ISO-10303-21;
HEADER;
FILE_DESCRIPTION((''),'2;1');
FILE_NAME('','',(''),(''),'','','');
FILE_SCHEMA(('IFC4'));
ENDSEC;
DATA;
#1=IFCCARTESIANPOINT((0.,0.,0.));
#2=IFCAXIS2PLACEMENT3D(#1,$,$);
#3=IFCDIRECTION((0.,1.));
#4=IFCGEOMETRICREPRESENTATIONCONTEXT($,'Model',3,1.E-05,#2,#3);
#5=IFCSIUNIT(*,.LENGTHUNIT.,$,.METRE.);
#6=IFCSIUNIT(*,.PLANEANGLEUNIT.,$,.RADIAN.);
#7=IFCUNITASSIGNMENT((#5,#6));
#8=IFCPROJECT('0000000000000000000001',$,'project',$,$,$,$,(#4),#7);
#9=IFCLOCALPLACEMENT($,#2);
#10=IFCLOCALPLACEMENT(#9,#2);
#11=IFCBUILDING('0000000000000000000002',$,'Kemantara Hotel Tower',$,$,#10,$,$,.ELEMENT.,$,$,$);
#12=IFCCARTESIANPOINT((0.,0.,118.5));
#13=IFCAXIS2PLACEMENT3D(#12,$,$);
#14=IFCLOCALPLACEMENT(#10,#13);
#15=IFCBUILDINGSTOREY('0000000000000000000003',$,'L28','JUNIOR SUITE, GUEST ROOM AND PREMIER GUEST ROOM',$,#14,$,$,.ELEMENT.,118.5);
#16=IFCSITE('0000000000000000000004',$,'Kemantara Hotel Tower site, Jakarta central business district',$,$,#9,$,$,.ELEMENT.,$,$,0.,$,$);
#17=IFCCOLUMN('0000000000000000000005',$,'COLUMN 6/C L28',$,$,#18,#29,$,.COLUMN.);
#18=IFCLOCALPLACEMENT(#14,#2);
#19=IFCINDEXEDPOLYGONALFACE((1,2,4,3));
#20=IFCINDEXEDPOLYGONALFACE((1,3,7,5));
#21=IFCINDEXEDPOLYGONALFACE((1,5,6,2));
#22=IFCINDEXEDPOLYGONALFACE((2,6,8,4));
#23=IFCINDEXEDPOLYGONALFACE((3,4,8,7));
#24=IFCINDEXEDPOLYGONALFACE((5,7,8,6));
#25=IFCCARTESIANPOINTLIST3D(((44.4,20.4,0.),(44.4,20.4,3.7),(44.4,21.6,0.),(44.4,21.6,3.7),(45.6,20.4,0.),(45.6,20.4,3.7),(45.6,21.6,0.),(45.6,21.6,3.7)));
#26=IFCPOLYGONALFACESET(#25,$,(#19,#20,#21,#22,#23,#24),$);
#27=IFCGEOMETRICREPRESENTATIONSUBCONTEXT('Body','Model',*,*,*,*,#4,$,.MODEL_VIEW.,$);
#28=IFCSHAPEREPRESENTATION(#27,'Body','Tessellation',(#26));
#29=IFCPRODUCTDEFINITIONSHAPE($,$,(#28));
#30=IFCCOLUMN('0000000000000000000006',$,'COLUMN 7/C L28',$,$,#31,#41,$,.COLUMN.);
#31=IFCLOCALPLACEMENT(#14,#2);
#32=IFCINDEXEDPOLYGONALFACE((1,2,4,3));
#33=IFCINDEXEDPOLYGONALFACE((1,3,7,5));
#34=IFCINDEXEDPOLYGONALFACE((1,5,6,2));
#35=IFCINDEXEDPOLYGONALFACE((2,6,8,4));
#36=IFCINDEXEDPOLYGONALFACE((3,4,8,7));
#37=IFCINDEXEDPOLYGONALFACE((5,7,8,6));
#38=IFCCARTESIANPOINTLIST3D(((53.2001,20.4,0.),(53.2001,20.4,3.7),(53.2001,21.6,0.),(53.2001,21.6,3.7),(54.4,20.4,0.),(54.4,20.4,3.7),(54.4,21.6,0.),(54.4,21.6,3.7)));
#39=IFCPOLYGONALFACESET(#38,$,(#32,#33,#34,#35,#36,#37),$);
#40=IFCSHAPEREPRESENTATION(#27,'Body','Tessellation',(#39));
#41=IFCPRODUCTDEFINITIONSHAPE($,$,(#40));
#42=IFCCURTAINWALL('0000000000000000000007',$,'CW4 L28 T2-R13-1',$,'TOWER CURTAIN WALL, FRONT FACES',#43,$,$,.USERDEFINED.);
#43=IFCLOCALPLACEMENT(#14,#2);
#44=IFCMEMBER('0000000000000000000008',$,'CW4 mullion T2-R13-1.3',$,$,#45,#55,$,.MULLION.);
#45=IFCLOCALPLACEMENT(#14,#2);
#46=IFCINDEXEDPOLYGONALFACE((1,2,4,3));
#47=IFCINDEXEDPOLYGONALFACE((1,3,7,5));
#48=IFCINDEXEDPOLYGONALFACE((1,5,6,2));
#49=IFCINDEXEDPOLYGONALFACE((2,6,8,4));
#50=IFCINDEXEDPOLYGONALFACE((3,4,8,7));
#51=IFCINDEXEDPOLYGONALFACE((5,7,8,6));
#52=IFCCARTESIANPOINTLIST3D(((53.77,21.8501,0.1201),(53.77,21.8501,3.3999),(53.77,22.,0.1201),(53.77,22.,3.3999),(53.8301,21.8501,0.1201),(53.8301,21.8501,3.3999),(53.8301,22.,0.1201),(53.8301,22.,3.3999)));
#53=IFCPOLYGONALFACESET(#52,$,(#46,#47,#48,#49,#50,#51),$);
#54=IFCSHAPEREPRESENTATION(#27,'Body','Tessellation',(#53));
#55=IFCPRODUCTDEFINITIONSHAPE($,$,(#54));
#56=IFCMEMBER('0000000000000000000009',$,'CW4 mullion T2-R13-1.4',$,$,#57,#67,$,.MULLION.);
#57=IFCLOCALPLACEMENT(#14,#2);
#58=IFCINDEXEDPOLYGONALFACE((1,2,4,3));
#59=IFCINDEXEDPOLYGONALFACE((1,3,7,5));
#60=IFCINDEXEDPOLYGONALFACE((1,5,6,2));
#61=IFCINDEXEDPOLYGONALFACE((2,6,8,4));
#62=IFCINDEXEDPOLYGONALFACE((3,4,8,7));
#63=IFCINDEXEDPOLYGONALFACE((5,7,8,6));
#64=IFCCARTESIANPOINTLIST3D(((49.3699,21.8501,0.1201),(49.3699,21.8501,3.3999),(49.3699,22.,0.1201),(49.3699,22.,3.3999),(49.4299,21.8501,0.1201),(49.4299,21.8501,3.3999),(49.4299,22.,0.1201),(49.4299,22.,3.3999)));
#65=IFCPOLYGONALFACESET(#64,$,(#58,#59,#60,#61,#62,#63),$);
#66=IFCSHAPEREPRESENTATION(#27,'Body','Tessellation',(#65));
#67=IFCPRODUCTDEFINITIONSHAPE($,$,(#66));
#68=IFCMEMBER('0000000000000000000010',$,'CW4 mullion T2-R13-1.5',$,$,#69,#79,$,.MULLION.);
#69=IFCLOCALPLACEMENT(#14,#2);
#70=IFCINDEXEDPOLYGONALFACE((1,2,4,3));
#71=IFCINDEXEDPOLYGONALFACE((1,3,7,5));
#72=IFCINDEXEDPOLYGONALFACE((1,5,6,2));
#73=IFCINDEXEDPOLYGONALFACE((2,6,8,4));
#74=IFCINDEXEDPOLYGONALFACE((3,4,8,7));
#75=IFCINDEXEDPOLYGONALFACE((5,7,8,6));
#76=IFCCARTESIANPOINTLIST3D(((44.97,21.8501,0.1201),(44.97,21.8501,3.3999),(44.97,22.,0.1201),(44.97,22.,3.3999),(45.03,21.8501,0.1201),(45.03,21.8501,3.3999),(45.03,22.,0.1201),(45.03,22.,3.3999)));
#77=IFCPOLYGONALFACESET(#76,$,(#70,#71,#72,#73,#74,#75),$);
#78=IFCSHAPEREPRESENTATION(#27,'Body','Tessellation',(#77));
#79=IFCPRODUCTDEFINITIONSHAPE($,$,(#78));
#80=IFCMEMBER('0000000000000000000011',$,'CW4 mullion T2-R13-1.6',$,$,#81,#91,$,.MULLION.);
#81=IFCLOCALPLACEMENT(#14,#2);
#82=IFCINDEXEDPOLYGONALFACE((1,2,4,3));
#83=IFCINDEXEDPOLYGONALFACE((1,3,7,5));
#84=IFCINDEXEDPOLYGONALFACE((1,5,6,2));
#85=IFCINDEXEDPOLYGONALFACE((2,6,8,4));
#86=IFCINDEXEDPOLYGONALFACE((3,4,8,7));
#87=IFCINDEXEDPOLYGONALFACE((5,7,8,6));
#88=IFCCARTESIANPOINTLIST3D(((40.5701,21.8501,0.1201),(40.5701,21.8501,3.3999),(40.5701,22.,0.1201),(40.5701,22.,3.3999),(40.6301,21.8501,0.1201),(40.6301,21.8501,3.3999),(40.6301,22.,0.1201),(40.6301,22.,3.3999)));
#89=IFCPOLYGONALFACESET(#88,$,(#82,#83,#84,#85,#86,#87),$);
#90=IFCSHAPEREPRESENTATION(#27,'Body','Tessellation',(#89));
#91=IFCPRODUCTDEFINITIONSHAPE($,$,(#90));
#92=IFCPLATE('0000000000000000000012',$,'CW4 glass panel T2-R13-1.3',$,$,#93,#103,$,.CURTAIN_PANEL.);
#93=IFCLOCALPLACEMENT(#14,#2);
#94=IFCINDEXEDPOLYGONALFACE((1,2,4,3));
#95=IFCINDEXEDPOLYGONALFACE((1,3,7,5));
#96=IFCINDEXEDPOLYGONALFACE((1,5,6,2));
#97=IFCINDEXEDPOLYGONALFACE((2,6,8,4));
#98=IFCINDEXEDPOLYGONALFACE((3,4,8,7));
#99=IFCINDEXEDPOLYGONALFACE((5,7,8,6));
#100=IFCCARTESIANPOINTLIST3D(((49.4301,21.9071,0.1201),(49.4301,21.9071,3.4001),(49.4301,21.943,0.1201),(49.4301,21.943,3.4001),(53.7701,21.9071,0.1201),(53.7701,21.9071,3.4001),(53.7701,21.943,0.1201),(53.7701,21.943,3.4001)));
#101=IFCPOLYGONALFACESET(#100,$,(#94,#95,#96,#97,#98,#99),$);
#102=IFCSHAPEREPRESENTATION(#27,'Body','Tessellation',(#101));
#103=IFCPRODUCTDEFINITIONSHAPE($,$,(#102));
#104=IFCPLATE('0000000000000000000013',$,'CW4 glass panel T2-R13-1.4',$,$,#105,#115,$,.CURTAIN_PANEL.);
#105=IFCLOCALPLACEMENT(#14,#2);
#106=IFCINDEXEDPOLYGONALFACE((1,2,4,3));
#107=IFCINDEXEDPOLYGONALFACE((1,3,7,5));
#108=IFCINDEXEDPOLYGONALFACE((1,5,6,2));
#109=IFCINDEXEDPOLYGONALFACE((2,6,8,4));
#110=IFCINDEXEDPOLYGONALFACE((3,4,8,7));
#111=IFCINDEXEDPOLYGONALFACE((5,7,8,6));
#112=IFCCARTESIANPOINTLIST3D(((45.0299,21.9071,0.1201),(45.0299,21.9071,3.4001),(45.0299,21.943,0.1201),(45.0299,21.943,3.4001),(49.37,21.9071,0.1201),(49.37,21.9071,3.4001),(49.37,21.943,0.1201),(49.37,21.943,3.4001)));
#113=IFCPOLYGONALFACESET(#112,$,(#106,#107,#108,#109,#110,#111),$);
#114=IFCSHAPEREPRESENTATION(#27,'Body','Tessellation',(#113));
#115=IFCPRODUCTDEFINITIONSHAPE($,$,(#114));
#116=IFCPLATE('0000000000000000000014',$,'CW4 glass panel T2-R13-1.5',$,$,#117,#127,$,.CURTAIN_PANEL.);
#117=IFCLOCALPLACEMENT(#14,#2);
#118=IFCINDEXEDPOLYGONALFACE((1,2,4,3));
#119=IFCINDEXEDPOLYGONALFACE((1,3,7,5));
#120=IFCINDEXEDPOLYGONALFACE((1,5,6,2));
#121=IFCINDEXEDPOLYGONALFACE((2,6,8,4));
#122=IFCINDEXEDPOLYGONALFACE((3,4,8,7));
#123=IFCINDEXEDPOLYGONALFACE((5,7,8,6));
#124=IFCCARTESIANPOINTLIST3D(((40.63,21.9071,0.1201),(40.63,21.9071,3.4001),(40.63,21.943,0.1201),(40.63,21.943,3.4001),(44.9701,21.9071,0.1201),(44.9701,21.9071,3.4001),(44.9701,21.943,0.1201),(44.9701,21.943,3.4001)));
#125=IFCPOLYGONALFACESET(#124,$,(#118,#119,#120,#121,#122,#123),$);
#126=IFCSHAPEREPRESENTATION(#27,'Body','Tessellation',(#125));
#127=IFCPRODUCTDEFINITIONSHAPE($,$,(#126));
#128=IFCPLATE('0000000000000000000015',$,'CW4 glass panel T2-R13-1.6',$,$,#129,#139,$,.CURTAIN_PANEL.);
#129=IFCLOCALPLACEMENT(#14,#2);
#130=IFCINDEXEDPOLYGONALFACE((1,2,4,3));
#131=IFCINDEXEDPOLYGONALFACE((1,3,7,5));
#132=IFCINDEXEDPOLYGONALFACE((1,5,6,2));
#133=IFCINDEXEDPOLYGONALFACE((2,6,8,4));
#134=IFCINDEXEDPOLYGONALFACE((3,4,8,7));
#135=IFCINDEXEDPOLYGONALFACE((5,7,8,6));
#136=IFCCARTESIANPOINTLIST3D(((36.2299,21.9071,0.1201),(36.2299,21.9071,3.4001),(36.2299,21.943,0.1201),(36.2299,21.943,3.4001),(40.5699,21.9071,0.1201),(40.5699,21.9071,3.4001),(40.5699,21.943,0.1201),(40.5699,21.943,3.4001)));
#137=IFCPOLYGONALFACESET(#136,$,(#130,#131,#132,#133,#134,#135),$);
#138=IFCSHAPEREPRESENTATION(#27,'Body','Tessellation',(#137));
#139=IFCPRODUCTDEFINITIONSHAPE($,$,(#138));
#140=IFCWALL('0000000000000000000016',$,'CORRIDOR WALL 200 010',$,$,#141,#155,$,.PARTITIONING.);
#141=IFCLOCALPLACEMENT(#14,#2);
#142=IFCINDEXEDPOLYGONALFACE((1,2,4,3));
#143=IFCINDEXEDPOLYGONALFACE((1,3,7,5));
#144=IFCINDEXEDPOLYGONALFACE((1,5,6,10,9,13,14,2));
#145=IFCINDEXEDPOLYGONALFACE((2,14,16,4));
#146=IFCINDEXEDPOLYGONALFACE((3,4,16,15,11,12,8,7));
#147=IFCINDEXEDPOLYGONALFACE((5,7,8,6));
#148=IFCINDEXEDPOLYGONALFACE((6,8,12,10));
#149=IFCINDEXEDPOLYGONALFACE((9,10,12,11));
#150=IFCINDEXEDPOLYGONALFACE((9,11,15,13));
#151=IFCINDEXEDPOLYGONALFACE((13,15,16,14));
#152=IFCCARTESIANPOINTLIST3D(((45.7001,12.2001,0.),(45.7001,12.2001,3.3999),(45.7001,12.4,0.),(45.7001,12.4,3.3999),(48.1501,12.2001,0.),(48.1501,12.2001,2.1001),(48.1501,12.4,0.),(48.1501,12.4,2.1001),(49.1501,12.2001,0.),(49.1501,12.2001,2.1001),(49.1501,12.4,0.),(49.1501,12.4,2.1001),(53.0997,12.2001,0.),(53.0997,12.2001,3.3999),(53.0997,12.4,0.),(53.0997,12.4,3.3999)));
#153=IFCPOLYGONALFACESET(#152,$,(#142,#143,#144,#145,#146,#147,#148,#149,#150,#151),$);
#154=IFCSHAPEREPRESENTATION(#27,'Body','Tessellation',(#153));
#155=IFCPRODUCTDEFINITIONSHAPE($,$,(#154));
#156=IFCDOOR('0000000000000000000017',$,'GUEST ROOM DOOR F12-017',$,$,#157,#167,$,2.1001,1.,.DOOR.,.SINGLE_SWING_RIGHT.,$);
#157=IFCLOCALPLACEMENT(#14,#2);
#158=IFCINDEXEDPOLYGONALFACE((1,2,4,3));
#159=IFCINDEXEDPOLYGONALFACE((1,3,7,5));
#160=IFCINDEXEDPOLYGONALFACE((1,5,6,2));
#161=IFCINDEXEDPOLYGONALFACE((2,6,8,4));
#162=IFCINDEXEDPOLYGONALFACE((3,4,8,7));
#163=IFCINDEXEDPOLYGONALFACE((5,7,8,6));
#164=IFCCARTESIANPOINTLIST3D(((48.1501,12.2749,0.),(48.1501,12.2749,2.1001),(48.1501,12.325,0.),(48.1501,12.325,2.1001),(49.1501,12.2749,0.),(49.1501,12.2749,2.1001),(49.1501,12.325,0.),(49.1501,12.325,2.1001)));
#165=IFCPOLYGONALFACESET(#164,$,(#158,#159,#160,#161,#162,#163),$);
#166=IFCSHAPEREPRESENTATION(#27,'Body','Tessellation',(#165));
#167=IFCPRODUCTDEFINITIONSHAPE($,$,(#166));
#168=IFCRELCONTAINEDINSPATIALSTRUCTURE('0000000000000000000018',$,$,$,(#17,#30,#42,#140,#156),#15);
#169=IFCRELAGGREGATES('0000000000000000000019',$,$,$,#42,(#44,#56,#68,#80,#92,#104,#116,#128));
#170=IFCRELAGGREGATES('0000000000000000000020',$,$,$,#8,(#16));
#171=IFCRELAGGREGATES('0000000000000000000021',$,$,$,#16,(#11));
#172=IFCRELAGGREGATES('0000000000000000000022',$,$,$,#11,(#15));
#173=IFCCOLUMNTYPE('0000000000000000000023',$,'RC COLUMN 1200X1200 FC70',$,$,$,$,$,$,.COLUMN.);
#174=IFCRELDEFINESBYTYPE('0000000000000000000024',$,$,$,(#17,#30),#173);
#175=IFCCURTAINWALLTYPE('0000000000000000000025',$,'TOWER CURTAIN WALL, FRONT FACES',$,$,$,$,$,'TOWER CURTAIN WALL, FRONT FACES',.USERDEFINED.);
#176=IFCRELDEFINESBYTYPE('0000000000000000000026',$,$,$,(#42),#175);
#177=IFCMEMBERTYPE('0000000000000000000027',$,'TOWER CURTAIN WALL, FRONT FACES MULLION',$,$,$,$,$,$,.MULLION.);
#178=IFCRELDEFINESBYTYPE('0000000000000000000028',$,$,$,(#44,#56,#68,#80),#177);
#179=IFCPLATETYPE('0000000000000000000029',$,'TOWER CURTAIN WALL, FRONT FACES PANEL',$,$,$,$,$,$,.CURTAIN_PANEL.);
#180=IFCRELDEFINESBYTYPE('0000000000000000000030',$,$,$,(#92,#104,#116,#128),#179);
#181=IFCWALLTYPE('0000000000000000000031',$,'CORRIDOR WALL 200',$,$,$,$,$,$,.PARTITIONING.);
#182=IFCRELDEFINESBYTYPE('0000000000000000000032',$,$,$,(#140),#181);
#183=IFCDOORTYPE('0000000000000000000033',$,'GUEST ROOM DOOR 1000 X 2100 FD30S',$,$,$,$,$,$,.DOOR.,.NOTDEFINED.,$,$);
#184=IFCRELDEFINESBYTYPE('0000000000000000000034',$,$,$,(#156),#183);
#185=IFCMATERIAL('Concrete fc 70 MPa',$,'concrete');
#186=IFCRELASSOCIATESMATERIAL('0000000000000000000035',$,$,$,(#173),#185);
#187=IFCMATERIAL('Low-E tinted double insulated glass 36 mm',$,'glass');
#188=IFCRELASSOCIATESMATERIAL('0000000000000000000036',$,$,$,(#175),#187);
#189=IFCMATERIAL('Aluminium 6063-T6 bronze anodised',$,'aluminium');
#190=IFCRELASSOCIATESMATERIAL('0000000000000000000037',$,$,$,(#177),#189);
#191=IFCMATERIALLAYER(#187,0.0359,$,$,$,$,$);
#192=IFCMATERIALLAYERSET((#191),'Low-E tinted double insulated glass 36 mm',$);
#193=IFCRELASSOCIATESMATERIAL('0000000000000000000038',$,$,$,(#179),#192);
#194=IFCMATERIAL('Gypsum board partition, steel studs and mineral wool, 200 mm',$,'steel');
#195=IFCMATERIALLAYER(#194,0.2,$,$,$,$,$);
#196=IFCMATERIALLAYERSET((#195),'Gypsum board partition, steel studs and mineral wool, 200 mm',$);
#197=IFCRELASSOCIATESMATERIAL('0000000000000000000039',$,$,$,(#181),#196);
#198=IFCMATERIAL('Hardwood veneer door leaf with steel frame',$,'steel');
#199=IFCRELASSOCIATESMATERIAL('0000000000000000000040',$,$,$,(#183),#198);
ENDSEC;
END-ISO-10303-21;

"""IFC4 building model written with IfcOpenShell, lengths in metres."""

from ifc_helpers import new_model, si_unit, direction, frame, frame_2d, origin, origin_2d, place, context, subcontext, project, spatial, rectangle, extrude, source, transform, mapped, material, layer, layer_set, material_profile, profile_set, type_object, element, fill, aggregate, save


model = new_model("IFC4")

# Units and contexts
model_context = context("Model", 3, precision=1e-05, world=origin(), true_north=direction((0.0, 1.0)))
body_context = subcontext(model_context, "Body", "Model", "MODEL_VIEW")
ifc_project = project(units=[si_unit("LENGTHUNIT", "METRE"), si_unit("PLANEANGLEUNIT", "RADIAN")], contexts=[model_context])

# Site, building, storey
site_placement = place(None, origin())
site = spatial("IfcSite", under=ifc_project, at=site_placement, Name="Kemantara Hotel Tower site, Jakarta central business district", CompositionType="ELEMENT", RefElevation=0.0)
building_placement = place(site_placement, origin())
building = spatial("IfcBuilding", under=site, at=building_placement, Name="Kemantara Hotel Tower", CompositionType="ELEMENT")
storey_placement = place(building_placement, frame((0.0, 0.0, 118.5)))
storey = spatial("IfcBuildingStorey", under=building, at=storey_placement, Name="L28", Description="JUNIOR SUITE, GUEST ROOM AND PREMIER GUEST ROOM", CompositionType="ELEMENT", Elevation=118.5)

# Columns
ifc_material_1 = material(Name="Concrete fc 70 MPa", Category="concrete")
ifc_material_profile_1 = material_profile(ifc_material_1, rectangle(XDim=1.2, YDim=1.2, at=origin_2d()), Name="RC 1200X1200")
ifc_profile_set_1 = profile_set([ifc_material_profile_1], Name="Concrete fc 70 MPa")
column_type = type_object("IfcColumnType", Name="RC COLUMN 1200X1200 FC70", PredefinedType="COLUMN", material=ifc_profile_set_1)
for number, where, z_axis, x_axis, name in (
    (1, (45.0, 21.0, 0.0), (0.0, 0.0, 1.0), (1.0, 0.0, 0.0), "COLUMN 6/C L28"),
    (2, (53.8, 21.0, 0.0), (0.0, 0.0, 1.0), (1.0, 0.0, 0.0), "COLUMN 7/C L28"),
):
    element("IfcColumn", number, at=place(storey_placement, frame(where, z_axis=z_axis, x_axis=x_axis)), inside=storey, type_object=column_type, Name=name, PredefinedType="COLUMN", context=body_context, shape_type="SweptSolid", body=[
        extrude(rectangle(XDim=1.2, YDim=1.2, at=origin_2d()), origin(), (0.0, 0.0, 1.0), 3.7),
    ])

# Curtain wall, members, plates
ifc_material_2 = material(Name="Low-E tinted double insulated glass 36 mm", Category="glass")
curtain_wall_type = type_object("IfcCurtainWallType", Name="TOWER CURTAIN WALL, FRONT FACES", ElementType="TOWER CURTAIN WALL, FRONT FACES", PredefinedType="USERDEFINED", material=ifc_material_2)
curtain_wall_placement = place(storey_placement, origin())
curtain_wall = element("IfcCurtainWall", 3, at=curtain_wall_placement, inside=storey, type_object=curtain_wall_type, Name="CW4 L28 T2-R13-1", ObjectType="TOWER CURTAIN WALL, FRONT FACES", PredefinedType="USERDEFINED")
ifc_material_3 = material(Name="Aluminium 6063-T6 bronze anodised", Category="aluminium")
ifc_material_profile_2 = material_profile(ifc_material_3, rectangle(XDim=0.1499, YDim=0.0601, at=origin_2d()), Name="TOWER CURTAIN WALL, FRONT FACES MULLION")
ifc_profile_set_2 = profile_set([ifc_material_profile_2], Name="Aluminium 6063-T6 bronze anodised")
member_type = type_object("IfcMemberType", Name="TOWER CURTAIN WALL, FRONT FACES MULLION", PredefinedType="MULLION", material=ifc_profile_set_2)
shared_shape_1 = source(origin(), body_context, "Body", "SweptSolid", [
    extrude(rectangle(XDim=0.1499, YDim=0.0601, at=origin_2d()), origin(), (0.0, 0.0, 1.0), 3.2798),
])
member_1_placement = place(storey_placement, frame((53.8, 21.925, 0.1201), z_axis=(0.0, 0.0, 1.0), x_axis=(0.0, -1.0, 0.0)))
member_1 = element("IfcMember", 4, at=member_1_placement, type_object=member_type, Name="CW4 mullion T2-R13-1.3", PredefinedType="MULLION", context=body_context, shape_type="MappedRepresentation", body=[
    mapped(shared_shape_1, transform((0.0, 0.0, 0.0))),
])
member_2_placement = place(storey_placement, frame((49.3999, 21.925, 0.1201), z_axis=(0.0, 0.0, 1.0), x_axis=(0.0, -1.0, 0.0)))
member_2 = element("IfcMember", 5, at=member_2_placement, type_object=member_type, Name="CW4 mullion T2-R13-1.4", PredefinedType="MULLION", context=body_context, shape_type="MappedRepresentation", body=[
    mapped(shared_shape_1, transform((0.0, 0.0, 0.0))),
])
member_3_placement = place(storey_placement, frame((45.0, 21.925, 0.1201), z_axis=(0.0, 0.0, 1.0), x_axis=(0.0, -1.0, 0.0)))
member_3 = element("IfcMember", 6, at=member_3_placement, type_object=member_type, Name="CW4 mullion T2-R13-1.5", PredefinedType="MULLION", context=body_context, shape_type="MappedRepresentation", body=[
    mapped(shared_shape_1, transform((0.0, 0.0, 0.0))),
])
member_4_placement = place(storey_placement, frame((40.6001, 21.925, 0.1201), z_axis=(0.0, 0.0, 1.0), x_axis=(0.0, -1.0, 0.0)))
member_4 = element("IfcMember", 7, at=member_4_placement, type_object=member_type, Name="CW4 mullion T2-R13-1.6", PredefinedType="MULLION", context=body_context, shape_type="MappedRepresentation", body=[
    mapped(shared_shape_1, transform((0.0, 0.0, 0.0))),
])
ifc_layer_1 = layer(ifc_material_2, 0.0359)
ifc_layer_set_1 = layer_set([ifc_layer_1], Name="Low-E tinted double insulated glass 36 mm")
plate_type = type_object("IfcPlateType", Name="TOWER CURTAIN WALL, FRONT FACES PANEL", PredefinedType="CURTAIN_PANEL", material=ifc_layer_set_1)
shared_shape_2 = source(origin(), body_context, "Body", "SweptSolid", [
    extrude(rectangle(XDim=4.3401, YDim=0.0359, at=origin_2d()), origin(), (0.0, 0.0, 1.0), 3.28),
])
plate_1_placement = place(storey_placement, frame((51.6001, 21.925, 0.1201), z_axis=(0.0, 0.0, 1.0), x_axis=(-1.0, 0.0, 0.0)))
plate_1 = element("IfcPlate", 8, at=plate_1_placement, type_object=plate_type, Name="CW4 glass panel T2-R13-1.3", PredefinedType="CURTAIN_PANEL", context=body_context, shape_type="MappedRepresentation", body=[
    mapped(shared_shape_2, transform((0.0, 0.0, 0.0))),
])
plate_2_placement = place(storey_placement, frame((47.2, 21.925, 0.1201), z_axis=(0.0, 0.0, 1.0), x_axis=(-1.0, 0.0, 0.0)))
plate_2 = element("IfcPlate", 9, at=plate_2_placement, type_object=plate_type, Name="CW4 glass panel T2-R13-1.4", PredefinedType="CURTAIN_PANEL", context=body_context, shape_type="MappedRepresentation", body=[
    mapped(shared_shape_2, transform((0.0, 0.0, 0.0))),
])
plate_3_placement = place(storey_placement, frame((42.8, 21.925, 0.1201), z_axis=(0.0, 0.0, 1.0), x_axis=(-1.0, 0.0, 0.0)))
plate_3 = element("IfcPlate", 10, at=plate_3_placement, type_object=plate_type, Name="CW4 glass panel T2-R13-1.5", PredefinedType="CURTAIN_PANEL", context=body_context, shape_type="MappedRepresentation", body=[
    mapped(shared_shape_2, transform((0.0, 0.0, 0.0))),
])
plate_4_placement = place(storey_placement, frame((38.3999, 21.925, 0.1201), z_axis=(0.0, 0.0, 1.0), x_axis=(-1.0, 0.0, 0.0)))
plate_4 = element("IfcPlate", 11, at=plate_4_placement, type_object=plate_type, Name="CW4 glass panel T2-R13-1.6", PredefinedType="CURTAIN_PANEL", context=body_context, shape_type="MappedRepresentation", body=[
    mapped(shared_shape_2, transform((0.0, 0.0, 0.0))),
])
aggregate(curtain_wall, [member_1, member_2, member_3, member_4, plate_1, plate_2, plate_3, plate_4])

# Wall, opening, door
ifc_material_4 = material(Name="Gypsum board partition, steel studs and mineral wool, 200 mm", Category="steel")
ifc_layer_2 = layer(ifc_material_4, 0.2)
ifc_layer_set_2 = layer_set([ifc_layer_2], Name="Gypsum board partition, steel studs and mineral wool, 200 mm")
wall_type_1 = type_object("IfcWallType", Name="CORRIDOR WALL 200", PredefinedType="PARTITIONING", material=ifc_layer_set_2)
wall_1_placement = place(storey_placement, frame((45.7002, 12.3, 0.0), z_axis=(0.0, 0.0, 1.0), x_axis=(1.0, 0.0, 0.0)))
wall_1 = element("IfcWall", 12, at=wall_1_placement, inside=storey, type_object=wall_type_1, Name="CORRIDOR WALL 200 010", PredefinedType="PARTITIONING", context=body_context, shape_type="SweptSolid", body=[
    extrude(rectangle(XDim=7.3997, YDim=0.2, at=frame_2d((3.6997, 0.0))), origin(), (0.0, 0.0, 1.0), 3.3999),
])
opening_1_placement = place(wall_1_placement, frame((2.45, 0.0, 0.0)))
opening_1 = element("IfcOpeningElement", 13, at=opening_1_placement, cuts=wall_1, PredefinedType="OPENING", context=body_context, shape_type="SweptSolid", body=[
    extrude(rectangle(XDim=1.0, YDim=2.1001, at=frame_2d((0.5, 1.05))), frame((0.0, 0.1099, 0.0), z_axis=(0.0, -1.0, 0.0), x_axis=(1.0, 0.0, 0.0)), (0.0, 0.0, 1.0), 0.22),
])
ifc_material_5 = material(Name="Hardwood veneer door leaf with steel frame", Category="steel")
door_type_1 = type_object("IfcDoorType", Name="GUEST ROOM DOOR 1000 X 2100 FD30S", OperationType="NOTDEFINED", PredefinedType="DOOR", material=ifc_material_5)
door_1_placement = place(opening_1_placement, origin())
door_1 = element("IfcDoor", 14, at=door_1_placement, inside=storey, type_object=door_type_1, Name="GUEST ROOM DOOR F12-017", OperationType="SINGLE_SWING_RIGHT", OverallHeight=2.1001, OverallWidth=1.0, PredefinedType="DOOR", context=body_context, shape_type="SweptSolid", body=[
    extrude(rectangle(XDim=1.0, YDim=2.1001, at=frame_2d((0.5, 1.05))), frame((0.0, 0.0249, 0.0), z_axis=(0.0, -1.0, 0.0), x_axis=(1.0, 0.0, 0.0)), (0.0, 0.0, 1.0), 0.05),
])
fill(opening_1, door_1)

save(model, "model.ifc")
